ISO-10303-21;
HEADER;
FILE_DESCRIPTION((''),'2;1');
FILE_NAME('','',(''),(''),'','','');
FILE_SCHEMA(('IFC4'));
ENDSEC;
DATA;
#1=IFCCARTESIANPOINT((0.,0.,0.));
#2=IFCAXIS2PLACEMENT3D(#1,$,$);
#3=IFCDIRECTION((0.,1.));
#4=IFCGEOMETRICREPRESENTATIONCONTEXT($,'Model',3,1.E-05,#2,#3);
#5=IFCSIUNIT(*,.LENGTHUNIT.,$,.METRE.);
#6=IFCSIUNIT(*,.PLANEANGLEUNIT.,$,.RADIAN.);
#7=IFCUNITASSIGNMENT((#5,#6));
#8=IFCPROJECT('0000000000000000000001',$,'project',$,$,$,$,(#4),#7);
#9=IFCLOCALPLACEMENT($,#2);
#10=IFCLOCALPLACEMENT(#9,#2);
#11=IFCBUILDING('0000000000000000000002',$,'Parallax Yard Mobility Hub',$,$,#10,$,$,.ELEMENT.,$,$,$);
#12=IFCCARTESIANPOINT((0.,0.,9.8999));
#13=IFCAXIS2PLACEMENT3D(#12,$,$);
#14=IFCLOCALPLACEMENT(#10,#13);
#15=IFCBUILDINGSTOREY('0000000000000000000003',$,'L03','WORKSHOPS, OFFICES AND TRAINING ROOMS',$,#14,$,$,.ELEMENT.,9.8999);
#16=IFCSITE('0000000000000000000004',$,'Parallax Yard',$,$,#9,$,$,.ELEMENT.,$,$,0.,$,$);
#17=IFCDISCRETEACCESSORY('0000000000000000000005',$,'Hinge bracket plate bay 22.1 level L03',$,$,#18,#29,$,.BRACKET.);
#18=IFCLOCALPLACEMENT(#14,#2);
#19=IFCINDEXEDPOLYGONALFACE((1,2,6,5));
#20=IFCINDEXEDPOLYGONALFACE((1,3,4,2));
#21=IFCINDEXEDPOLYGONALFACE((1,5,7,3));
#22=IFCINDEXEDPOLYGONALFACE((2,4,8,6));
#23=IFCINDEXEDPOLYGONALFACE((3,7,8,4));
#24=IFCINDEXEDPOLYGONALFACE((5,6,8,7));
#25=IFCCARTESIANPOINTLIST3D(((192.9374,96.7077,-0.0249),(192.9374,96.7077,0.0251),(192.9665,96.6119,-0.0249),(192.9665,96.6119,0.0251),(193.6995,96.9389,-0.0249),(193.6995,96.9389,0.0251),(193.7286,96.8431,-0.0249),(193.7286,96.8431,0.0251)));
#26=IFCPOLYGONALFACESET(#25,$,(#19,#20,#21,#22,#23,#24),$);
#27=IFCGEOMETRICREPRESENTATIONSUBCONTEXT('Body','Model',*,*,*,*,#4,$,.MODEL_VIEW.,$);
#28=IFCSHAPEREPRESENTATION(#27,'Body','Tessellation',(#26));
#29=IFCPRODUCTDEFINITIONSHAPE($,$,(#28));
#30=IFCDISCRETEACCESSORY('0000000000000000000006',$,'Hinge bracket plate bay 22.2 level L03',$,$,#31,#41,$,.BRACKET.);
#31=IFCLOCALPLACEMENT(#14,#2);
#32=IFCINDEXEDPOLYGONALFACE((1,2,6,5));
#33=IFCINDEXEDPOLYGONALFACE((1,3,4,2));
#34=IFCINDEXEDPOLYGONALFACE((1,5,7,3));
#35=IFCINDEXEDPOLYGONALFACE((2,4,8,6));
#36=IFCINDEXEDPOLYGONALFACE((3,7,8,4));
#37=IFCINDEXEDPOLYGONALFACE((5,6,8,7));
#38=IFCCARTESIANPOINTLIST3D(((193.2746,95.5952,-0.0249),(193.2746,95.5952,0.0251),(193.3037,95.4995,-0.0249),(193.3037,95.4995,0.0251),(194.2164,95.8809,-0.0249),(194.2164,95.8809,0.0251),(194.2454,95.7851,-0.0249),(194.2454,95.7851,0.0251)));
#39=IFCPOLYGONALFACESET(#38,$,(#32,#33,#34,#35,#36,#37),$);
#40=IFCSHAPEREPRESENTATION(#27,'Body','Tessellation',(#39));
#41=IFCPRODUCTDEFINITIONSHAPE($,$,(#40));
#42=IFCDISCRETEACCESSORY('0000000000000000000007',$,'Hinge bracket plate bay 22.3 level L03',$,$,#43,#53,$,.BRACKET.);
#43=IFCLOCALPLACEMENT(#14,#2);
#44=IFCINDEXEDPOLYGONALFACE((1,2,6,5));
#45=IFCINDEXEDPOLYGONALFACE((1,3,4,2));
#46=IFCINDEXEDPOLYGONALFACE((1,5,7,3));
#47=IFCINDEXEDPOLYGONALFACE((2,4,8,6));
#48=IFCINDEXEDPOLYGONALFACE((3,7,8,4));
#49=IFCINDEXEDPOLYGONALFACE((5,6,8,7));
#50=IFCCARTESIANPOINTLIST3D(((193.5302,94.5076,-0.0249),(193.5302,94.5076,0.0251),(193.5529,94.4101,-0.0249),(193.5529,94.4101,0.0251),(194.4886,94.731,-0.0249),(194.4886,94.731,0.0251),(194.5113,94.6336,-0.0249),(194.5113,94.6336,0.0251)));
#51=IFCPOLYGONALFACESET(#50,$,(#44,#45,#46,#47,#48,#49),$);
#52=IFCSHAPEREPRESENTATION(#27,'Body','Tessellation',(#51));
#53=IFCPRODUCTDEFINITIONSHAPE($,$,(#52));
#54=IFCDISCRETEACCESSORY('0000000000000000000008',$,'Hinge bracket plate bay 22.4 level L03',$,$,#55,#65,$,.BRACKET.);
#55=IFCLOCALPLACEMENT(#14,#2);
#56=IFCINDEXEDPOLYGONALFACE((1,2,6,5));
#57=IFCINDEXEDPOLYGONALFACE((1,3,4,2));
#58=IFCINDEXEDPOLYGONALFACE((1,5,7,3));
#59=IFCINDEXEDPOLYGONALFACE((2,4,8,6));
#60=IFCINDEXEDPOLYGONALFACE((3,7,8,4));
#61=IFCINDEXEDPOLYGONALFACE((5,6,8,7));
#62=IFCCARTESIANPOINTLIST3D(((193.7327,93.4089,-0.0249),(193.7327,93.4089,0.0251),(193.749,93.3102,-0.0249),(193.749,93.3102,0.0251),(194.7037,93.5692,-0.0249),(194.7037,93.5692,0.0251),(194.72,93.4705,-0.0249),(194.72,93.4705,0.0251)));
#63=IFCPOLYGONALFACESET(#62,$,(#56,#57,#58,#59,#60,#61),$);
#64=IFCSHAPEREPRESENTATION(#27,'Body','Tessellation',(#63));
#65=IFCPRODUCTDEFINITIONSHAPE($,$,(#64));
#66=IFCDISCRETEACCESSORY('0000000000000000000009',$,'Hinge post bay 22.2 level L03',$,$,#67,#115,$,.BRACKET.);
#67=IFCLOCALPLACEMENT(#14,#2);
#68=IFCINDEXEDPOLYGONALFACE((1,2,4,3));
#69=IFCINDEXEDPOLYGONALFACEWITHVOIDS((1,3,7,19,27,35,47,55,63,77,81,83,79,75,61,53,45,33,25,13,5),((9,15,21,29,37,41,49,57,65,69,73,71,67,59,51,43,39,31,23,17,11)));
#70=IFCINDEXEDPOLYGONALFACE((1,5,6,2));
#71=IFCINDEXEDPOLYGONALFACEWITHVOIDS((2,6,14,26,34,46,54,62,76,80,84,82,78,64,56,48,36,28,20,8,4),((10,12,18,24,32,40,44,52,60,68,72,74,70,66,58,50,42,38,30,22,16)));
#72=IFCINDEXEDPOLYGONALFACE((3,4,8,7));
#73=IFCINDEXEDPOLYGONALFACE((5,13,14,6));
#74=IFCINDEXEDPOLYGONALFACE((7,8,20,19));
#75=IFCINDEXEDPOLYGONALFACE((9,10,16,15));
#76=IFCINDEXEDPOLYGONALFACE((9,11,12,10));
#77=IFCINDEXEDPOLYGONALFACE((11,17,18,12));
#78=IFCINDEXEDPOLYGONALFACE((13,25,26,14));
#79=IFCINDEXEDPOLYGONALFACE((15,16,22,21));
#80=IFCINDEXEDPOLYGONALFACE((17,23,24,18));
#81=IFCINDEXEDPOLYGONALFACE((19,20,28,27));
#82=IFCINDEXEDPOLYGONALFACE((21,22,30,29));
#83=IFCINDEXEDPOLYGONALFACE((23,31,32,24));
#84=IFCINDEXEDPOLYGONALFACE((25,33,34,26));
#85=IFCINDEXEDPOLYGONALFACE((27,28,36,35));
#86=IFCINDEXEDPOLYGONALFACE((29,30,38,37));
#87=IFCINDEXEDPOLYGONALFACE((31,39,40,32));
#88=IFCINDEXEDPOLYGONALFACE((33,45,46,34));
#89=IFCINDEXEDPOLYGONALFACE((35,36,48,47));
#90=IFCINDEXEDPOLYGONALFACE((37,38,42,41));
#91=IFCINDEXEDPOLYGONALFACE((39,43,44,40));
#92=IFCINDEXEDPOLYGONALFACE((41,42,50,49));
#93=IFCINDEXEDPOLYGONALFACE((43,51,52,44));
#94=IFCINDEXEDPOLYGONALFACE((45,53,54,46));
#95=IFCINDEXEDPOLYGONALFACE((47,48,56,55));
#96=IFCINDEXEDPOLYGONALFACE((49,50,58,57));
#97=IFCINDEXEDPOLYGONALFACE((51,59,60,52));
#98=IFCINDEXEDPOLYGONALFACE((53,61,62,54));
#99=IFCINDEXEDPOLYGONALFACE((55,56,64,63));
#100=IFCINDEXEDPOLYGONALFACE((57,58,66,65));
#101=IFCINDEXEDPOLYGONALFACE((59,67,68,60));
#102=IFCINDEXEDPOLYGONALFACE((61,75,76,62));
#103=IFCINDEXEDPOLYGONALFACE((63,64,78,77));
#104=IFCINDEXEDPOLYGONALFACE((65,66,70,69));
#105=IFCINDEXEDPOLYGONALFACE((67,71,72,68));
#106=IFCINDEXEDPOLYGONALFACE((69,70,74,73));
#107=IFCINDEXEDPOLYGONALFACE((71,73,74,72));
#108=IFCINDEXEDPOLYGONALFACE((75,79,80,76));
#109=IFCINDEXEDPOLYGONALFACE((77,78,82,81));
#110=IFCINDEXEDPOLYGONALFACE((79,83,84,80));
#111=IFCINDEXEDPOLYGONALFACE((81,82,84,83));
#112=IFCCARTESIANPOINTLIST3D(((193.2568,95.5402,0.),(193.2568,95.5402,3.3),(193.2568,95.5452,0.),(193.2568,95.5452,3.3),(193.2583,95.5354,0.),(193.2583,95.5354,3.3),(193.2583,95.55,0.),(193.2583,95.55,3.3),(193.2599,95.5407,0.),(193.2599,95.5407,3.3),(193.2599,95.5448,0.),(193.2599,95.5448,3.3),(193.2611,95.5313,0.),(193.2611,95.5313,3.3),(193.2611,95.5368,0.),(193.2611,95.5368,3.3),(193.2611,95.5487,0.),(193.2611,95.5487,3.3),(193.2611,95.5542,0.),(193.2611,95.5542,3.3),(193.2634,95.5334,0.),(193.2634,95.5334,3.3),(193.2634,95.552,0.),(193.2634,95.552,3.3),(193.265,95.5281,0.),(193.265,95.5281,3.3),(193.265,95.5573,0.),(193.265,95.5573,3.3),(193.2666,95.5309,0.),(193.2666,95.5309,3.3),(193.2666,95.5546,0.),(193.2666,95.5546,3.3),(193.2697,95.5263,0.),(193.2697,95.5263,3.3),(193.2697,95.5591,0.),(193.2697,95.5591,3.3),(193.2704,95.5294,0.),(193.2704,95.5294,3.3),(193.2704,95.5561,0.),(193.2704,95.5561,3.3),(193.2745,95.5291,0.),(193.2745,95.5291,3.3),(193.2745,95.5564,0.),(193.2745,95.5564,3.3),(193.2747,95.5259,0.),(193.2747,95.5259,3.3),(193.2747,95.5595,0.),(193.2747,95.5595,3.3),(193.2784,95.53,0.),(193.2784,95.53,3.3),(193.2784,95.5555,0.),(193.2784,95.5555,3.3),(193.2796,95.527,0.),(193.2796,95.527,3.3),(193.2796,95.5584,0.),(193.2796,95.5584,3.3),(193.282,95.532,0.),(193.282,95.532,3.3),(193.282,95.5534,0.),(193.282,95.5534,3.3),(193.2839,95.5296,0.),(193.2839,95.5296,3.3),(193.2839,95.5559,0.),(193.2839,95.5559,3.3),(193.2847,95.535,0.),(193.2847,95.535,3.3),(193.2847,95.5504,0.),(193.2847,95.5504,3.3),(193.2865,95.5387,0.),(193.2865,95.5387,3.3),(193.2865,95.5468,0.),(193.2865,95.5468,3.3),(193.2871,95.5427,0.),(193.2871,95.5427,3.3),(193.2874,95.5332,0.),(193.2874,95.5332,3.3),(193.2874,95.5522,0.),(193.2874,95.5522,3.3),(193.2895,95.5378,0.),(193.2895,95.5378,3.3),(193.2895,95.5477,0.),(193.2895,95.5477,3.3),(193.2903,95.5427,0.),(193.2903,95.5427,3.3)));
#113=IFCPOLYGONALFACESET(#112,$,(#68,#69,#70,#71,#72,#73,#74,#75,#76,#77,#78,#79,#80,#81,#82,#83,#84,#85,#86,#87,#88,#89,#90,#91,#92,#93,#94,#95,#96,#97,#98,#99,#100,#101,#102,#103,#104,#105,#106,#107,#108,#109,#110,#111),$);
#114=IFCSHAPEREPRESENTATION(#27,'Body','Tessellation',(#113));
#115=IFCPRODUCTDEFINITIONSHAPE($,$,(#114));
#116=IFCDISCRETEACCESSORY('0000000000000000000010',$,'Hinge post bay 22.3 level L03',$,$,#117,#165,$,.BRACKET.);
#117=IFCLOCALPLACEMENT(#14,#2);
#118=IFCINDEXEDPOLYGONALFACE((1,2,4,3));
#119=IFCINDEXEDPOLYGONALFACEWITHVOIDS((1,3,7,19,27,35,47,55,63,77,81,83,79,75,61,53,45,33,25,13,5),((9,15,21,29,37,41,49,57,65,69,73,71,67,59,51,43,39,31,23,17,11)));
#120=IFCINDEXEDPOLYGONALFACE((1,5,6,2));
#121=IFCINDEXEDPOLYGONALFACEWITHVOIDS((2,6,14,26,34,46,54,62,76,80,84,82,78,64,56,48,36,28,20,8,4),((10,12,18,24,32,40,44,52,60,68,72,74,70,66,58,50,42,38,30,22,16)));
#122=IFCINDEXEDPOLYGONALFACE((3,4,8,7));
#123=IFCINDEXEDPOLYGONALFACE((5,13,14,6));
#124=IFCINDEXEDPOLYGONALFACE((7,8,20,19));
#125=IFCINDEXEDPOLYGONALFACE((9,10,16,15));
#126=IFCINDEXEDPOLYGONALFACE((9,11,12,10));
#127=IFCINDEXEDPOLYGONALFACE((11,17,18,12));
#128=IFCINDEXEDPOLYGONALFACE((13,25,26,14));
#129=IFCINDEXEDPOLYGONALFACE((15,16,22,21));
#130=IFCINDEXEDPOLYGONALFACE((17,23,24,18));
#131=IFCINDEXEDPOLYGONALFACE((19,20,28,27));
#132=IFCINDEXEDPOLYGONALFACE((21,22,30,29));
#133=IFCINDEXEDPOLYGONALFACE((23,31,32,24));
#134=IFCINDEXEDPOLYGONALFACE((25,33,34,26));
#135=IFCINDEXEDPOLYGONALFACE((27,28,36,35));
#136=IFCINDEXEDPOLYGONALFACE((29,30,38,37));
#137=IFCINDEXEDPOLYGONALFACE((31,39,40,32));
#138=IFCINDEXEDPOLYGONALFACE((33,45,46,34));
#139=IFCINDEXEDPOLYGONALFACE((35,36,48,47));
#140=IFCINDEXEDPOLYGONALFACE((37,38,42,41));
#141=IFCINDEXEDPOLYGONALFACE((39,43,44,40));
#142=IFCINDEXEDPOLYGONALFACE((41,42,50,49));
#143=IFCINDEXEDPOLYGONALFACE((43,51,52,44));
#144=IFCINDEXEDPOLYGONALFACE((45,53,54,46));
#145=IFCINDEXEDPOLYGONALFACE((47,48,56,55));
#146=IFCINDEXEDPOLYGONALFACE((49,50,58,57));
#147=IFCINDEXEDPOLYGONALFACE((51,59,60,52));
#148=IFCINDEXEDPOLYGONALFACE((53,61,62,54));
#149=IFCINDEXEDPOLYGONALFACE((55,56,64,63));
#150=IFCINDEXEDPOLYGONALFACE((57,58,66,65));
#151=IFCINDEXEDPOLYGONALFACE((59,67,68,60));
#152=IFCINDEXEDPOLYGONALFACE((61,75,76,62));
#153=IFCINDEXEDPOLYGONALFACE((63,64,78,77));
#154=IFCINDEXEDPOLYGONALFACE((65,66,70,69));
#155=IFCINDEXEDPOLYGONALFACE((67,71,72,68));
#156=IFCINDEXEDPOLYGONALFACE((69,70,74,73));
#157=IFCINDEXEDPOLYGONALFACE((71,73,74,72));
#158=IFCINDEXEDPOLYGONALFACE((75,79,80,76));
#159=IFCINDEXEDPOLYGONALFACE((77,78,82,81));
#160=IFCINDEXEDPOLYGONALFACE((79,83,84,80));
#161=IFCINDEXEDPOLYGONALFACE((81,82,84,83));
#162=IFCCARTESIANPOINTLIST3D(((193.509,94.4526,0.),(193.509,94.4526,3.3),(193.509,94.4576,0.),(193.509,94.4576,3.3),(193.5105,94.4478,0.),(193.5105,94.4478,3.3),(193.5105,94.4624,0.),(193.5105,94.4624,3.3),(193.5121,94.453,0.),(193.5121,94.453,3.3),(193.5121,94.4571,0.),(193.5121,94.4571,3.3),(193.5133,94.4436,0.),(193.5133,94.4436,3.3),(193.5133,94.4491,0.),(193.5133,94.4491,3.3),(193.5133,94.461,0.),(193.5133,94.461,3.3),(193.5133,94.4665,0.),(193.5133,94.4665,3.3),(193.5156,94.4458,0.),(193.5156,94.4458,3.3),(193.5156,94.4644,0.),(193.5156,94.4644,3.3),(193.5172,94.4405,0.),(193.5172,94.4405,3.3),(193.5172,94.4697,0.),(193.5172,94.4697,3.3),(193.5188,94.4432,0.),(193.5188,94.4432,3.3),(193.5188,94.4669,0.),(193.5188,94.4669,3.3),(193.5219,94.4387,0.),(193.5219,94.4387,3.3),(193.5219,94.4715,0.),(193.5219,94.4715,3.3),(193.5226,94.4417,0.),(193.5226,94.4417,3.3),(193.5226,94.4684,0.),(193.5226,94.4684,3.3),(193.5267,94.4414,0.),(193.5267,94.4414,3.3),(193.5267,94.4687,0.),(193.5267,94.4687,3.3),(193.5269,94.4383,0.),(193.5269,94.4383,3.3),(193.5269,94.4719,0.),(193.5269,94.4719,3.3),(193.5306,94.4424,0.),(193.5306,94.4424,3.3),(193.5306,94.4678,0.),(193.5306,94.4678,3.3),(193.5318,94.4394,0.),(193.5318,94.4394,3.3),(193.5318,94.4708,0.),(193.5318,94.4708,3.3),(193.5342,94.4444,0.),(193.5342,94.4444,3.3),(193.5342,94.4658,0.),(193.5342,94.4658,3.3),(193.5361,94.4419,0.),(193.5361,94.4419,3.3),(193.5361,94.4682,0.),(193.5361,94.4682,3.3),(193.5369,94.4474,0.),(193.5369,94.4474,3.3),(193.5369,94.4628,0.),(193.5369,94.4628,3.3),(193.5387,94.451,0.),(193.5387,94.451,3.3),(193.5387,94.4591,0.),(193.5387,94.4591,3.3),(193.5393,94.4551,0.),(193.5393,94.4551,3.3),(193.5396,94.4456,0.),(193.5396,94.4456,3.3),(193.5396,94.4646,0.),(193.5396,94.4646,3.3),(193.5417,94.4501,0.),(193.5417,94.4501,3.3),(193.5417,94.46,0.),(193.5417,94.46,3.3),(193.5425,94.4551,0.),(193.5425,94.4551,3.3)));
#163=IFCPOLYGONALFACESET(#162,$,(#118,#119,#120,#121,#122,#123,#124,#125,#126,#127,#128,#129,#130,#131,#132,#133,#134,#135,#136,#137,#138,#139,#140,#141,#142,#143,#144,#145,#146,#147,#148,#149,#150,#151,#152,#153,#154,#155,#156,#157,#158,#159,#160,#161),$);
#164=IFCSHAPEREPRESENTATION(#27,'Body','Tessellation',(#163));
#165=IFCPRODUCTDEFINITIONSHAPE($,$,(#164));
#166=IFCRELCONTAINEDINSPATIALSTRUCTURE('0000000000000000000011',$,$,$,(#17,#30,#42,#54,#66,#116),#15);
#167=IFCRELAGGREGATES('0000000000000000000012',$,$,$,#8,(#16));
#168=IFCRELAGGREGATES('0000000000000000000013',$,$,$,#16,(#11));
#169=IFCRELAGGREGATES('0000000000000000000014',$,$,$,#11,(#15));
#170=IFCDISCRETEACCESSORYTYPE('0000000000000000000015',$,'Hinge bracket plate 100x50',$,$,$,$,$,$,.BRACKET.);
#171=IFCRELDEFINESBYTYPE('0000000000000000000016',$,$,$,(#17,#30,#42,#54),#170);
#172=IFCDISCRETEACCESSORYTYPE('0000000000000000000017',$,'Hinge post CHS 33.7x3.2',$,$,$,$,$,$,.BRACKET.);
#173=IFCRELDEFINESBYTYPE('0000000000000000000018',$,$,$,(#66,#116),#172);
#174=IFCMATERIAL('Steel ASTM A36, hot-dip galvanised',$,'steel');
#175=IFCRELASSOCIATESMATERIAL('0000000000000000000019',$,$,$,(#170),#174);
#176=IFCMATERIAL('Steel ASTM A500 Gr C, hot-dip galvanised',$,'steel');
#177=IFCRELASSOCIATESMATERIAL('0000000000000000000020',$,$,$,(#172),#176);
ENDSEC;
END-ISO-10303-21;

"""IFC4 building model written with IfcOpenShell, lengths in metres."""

from ifc_helpers import new_model, si_unit, direction, frame, origin, origin_2d, place, context, subcontext, project, spatial, rectangle, hollow_circle, extrude, material, material_profile, profile_set, type_object, element, save


model = new_model("IFC4")

# Units and contexts
model_context = context("Model", 3, precision=1e-05, world=origin(), true_north=direction((0.0, 1.0)))
body_context = subcontext(model_context, "Body", "Model", "MODEL_VIEW")
ifc_project = project(units=[si_unit("LENGTHUNIT", "METRE"), si_unit("PLANEANGLEUNIT", "RADIAN")], contexts=[model_context])

# Site, building, storey
site_placement = place(None, origin())
site = spatial("IfcSite", under=ifc_project, at=site_placement, Name="Parallax Yard", CompositionType="ELEMENT", RefElevation=0.0)
building_placement = place(site_placement, origin())
building = spatial("IfcBuilding", under=site, at=building_placement, Name="Parallax Yard Mobility Hub", CompositionType="ELEMENT")
storey_placement = place(building_placement, frame((0.0, 0.0, 9.8999)))
storey = spatial("IfcBuildingStorey", under=building, at=storey_placement, Name="L03", Description="WORKSHOPS, OFFICES AND TRAINING ROOMS", CompositionType="ELEMENT", Elevation=9.8999)

# Discrete accessories
ifc_material_1 = material(Name="Steel ASTM A36, hot-dip galvanised", Category="steel")
discrete_accessory_type_1 = type_object("IfcDiscreteAccessoryType", Name="Hinge bracket plate 100x50", PredefinedType="BRACKET", material=ifc_material_1)
discrete_accessory_placement = place(storey_placement, frame((193.333, 96.7754, -0.0249), z_axis=(0.0, 0.0, 1.0), x_axis=(-0.95694, -0.290285, 0.0)))
element("IfcDiscreteAccessory", 1, at=discrete_accessory_placement, inside=storey, type_object=discrete_accessory_type_1, Name="Hinge bracket plate bay 22.1 level L03", PredefinedType="BRACKET", context=body_context, shape_type="SweptSolid", body=[
    extrude(rectangle(XDim=0.7964, YDim=0.1001, at=origin_2d()), origin(), (0.0, 0.0, 1.0), 0.05),
])
for number, where, z_axis, x_axis, name in (
    (2, (193.76, 95.6902, -0.0249), (0.0, 0.0, 1.0), (-0.95694, -0.290285, 0.0), "Hinge bracket plate bay 22.2 level L03"),
    (3, (194.0208, 94.5706, -0.0249), (0.0, 0.0, 1.0), (-0.973877, -0.227076, 0.0), "Hinge bracket plate bay 22.3 level L03"),
    (4, (194.2263, 93.4397, -0.0249), (0.0, 0.0, 1.0), (-0.986643, -0.162895, 0.0), "Hinge bracket plate bay 22.4 level L03"),
):
    element("IfcDiscreteAccessory", number, at=place(storey_placement, frame(where, z_axis=z_axis, x_axis=x_axis)), inside=storey, type_object=discrete_accessory_type_1, Name=name, PredefinedType="BRACKET", context=body_context, shape_type="SweptSolid", body=[
        extrude(rectangle(XDim=0.9841, YDim=0.1001, at=origin_2d()), origin(), (0.0, 0.0, 1.0), 0.05),
    ])
ifc_material_2 = material(Name="Steel ASTM A500 Gr C, hot-dip galvanised", Category="steel")
ifc_material_profile_1 = material_profile(ifc_material_2, hollow_circle(Radius=0.0168, WallThickness=0.0032, at=origin_2d()), Name="CHS 33.7x3.2")
ifc_profile_set_1 = profile_set([ifc_material_profile_1], Name="Steel ASTM A500 Gr C, hot-dip galvanised")
discrete_accessory_type_2 = type_object("IfcDiscreteAccessoryType", Name="Hinge post CHS 33.7x3.2", PredefinedType="BRACKET", material=ifc_profile_set_1)
for number, where, z_axis, x_axis, name in (
    (5, (193.2734, 95.5427, 0.0), (0.0, 0.0, 1.0), (1.0, 0.0, 0.0), "Hinge post bay 22.2 level L03"),
    (6, (193.5256, 94.4551, 0.0), (0.0, 0.0, 1.0), (1.0, 0.0, 0.0), "Hinge post bay 22.3 level L03"),
):
    element("IfcDiscreteAccessory", number, at=place(storey_placement, frame(where, z_axis=z_axis, x_axis=x_axis)), inside=storey, type_object=discrete_accessory_type_2, Name=name, PredefinedType="BRACKET", context=body_context, shape_type="SweptSolid", body=[
        extrude(hollow_circle(Radius=0.0168, WallThickness=0.0032, at=origin_2d()), origin(), (0.0, 0.0, 1.0), 3.3),
    ])

save(model, "model.ifc")
